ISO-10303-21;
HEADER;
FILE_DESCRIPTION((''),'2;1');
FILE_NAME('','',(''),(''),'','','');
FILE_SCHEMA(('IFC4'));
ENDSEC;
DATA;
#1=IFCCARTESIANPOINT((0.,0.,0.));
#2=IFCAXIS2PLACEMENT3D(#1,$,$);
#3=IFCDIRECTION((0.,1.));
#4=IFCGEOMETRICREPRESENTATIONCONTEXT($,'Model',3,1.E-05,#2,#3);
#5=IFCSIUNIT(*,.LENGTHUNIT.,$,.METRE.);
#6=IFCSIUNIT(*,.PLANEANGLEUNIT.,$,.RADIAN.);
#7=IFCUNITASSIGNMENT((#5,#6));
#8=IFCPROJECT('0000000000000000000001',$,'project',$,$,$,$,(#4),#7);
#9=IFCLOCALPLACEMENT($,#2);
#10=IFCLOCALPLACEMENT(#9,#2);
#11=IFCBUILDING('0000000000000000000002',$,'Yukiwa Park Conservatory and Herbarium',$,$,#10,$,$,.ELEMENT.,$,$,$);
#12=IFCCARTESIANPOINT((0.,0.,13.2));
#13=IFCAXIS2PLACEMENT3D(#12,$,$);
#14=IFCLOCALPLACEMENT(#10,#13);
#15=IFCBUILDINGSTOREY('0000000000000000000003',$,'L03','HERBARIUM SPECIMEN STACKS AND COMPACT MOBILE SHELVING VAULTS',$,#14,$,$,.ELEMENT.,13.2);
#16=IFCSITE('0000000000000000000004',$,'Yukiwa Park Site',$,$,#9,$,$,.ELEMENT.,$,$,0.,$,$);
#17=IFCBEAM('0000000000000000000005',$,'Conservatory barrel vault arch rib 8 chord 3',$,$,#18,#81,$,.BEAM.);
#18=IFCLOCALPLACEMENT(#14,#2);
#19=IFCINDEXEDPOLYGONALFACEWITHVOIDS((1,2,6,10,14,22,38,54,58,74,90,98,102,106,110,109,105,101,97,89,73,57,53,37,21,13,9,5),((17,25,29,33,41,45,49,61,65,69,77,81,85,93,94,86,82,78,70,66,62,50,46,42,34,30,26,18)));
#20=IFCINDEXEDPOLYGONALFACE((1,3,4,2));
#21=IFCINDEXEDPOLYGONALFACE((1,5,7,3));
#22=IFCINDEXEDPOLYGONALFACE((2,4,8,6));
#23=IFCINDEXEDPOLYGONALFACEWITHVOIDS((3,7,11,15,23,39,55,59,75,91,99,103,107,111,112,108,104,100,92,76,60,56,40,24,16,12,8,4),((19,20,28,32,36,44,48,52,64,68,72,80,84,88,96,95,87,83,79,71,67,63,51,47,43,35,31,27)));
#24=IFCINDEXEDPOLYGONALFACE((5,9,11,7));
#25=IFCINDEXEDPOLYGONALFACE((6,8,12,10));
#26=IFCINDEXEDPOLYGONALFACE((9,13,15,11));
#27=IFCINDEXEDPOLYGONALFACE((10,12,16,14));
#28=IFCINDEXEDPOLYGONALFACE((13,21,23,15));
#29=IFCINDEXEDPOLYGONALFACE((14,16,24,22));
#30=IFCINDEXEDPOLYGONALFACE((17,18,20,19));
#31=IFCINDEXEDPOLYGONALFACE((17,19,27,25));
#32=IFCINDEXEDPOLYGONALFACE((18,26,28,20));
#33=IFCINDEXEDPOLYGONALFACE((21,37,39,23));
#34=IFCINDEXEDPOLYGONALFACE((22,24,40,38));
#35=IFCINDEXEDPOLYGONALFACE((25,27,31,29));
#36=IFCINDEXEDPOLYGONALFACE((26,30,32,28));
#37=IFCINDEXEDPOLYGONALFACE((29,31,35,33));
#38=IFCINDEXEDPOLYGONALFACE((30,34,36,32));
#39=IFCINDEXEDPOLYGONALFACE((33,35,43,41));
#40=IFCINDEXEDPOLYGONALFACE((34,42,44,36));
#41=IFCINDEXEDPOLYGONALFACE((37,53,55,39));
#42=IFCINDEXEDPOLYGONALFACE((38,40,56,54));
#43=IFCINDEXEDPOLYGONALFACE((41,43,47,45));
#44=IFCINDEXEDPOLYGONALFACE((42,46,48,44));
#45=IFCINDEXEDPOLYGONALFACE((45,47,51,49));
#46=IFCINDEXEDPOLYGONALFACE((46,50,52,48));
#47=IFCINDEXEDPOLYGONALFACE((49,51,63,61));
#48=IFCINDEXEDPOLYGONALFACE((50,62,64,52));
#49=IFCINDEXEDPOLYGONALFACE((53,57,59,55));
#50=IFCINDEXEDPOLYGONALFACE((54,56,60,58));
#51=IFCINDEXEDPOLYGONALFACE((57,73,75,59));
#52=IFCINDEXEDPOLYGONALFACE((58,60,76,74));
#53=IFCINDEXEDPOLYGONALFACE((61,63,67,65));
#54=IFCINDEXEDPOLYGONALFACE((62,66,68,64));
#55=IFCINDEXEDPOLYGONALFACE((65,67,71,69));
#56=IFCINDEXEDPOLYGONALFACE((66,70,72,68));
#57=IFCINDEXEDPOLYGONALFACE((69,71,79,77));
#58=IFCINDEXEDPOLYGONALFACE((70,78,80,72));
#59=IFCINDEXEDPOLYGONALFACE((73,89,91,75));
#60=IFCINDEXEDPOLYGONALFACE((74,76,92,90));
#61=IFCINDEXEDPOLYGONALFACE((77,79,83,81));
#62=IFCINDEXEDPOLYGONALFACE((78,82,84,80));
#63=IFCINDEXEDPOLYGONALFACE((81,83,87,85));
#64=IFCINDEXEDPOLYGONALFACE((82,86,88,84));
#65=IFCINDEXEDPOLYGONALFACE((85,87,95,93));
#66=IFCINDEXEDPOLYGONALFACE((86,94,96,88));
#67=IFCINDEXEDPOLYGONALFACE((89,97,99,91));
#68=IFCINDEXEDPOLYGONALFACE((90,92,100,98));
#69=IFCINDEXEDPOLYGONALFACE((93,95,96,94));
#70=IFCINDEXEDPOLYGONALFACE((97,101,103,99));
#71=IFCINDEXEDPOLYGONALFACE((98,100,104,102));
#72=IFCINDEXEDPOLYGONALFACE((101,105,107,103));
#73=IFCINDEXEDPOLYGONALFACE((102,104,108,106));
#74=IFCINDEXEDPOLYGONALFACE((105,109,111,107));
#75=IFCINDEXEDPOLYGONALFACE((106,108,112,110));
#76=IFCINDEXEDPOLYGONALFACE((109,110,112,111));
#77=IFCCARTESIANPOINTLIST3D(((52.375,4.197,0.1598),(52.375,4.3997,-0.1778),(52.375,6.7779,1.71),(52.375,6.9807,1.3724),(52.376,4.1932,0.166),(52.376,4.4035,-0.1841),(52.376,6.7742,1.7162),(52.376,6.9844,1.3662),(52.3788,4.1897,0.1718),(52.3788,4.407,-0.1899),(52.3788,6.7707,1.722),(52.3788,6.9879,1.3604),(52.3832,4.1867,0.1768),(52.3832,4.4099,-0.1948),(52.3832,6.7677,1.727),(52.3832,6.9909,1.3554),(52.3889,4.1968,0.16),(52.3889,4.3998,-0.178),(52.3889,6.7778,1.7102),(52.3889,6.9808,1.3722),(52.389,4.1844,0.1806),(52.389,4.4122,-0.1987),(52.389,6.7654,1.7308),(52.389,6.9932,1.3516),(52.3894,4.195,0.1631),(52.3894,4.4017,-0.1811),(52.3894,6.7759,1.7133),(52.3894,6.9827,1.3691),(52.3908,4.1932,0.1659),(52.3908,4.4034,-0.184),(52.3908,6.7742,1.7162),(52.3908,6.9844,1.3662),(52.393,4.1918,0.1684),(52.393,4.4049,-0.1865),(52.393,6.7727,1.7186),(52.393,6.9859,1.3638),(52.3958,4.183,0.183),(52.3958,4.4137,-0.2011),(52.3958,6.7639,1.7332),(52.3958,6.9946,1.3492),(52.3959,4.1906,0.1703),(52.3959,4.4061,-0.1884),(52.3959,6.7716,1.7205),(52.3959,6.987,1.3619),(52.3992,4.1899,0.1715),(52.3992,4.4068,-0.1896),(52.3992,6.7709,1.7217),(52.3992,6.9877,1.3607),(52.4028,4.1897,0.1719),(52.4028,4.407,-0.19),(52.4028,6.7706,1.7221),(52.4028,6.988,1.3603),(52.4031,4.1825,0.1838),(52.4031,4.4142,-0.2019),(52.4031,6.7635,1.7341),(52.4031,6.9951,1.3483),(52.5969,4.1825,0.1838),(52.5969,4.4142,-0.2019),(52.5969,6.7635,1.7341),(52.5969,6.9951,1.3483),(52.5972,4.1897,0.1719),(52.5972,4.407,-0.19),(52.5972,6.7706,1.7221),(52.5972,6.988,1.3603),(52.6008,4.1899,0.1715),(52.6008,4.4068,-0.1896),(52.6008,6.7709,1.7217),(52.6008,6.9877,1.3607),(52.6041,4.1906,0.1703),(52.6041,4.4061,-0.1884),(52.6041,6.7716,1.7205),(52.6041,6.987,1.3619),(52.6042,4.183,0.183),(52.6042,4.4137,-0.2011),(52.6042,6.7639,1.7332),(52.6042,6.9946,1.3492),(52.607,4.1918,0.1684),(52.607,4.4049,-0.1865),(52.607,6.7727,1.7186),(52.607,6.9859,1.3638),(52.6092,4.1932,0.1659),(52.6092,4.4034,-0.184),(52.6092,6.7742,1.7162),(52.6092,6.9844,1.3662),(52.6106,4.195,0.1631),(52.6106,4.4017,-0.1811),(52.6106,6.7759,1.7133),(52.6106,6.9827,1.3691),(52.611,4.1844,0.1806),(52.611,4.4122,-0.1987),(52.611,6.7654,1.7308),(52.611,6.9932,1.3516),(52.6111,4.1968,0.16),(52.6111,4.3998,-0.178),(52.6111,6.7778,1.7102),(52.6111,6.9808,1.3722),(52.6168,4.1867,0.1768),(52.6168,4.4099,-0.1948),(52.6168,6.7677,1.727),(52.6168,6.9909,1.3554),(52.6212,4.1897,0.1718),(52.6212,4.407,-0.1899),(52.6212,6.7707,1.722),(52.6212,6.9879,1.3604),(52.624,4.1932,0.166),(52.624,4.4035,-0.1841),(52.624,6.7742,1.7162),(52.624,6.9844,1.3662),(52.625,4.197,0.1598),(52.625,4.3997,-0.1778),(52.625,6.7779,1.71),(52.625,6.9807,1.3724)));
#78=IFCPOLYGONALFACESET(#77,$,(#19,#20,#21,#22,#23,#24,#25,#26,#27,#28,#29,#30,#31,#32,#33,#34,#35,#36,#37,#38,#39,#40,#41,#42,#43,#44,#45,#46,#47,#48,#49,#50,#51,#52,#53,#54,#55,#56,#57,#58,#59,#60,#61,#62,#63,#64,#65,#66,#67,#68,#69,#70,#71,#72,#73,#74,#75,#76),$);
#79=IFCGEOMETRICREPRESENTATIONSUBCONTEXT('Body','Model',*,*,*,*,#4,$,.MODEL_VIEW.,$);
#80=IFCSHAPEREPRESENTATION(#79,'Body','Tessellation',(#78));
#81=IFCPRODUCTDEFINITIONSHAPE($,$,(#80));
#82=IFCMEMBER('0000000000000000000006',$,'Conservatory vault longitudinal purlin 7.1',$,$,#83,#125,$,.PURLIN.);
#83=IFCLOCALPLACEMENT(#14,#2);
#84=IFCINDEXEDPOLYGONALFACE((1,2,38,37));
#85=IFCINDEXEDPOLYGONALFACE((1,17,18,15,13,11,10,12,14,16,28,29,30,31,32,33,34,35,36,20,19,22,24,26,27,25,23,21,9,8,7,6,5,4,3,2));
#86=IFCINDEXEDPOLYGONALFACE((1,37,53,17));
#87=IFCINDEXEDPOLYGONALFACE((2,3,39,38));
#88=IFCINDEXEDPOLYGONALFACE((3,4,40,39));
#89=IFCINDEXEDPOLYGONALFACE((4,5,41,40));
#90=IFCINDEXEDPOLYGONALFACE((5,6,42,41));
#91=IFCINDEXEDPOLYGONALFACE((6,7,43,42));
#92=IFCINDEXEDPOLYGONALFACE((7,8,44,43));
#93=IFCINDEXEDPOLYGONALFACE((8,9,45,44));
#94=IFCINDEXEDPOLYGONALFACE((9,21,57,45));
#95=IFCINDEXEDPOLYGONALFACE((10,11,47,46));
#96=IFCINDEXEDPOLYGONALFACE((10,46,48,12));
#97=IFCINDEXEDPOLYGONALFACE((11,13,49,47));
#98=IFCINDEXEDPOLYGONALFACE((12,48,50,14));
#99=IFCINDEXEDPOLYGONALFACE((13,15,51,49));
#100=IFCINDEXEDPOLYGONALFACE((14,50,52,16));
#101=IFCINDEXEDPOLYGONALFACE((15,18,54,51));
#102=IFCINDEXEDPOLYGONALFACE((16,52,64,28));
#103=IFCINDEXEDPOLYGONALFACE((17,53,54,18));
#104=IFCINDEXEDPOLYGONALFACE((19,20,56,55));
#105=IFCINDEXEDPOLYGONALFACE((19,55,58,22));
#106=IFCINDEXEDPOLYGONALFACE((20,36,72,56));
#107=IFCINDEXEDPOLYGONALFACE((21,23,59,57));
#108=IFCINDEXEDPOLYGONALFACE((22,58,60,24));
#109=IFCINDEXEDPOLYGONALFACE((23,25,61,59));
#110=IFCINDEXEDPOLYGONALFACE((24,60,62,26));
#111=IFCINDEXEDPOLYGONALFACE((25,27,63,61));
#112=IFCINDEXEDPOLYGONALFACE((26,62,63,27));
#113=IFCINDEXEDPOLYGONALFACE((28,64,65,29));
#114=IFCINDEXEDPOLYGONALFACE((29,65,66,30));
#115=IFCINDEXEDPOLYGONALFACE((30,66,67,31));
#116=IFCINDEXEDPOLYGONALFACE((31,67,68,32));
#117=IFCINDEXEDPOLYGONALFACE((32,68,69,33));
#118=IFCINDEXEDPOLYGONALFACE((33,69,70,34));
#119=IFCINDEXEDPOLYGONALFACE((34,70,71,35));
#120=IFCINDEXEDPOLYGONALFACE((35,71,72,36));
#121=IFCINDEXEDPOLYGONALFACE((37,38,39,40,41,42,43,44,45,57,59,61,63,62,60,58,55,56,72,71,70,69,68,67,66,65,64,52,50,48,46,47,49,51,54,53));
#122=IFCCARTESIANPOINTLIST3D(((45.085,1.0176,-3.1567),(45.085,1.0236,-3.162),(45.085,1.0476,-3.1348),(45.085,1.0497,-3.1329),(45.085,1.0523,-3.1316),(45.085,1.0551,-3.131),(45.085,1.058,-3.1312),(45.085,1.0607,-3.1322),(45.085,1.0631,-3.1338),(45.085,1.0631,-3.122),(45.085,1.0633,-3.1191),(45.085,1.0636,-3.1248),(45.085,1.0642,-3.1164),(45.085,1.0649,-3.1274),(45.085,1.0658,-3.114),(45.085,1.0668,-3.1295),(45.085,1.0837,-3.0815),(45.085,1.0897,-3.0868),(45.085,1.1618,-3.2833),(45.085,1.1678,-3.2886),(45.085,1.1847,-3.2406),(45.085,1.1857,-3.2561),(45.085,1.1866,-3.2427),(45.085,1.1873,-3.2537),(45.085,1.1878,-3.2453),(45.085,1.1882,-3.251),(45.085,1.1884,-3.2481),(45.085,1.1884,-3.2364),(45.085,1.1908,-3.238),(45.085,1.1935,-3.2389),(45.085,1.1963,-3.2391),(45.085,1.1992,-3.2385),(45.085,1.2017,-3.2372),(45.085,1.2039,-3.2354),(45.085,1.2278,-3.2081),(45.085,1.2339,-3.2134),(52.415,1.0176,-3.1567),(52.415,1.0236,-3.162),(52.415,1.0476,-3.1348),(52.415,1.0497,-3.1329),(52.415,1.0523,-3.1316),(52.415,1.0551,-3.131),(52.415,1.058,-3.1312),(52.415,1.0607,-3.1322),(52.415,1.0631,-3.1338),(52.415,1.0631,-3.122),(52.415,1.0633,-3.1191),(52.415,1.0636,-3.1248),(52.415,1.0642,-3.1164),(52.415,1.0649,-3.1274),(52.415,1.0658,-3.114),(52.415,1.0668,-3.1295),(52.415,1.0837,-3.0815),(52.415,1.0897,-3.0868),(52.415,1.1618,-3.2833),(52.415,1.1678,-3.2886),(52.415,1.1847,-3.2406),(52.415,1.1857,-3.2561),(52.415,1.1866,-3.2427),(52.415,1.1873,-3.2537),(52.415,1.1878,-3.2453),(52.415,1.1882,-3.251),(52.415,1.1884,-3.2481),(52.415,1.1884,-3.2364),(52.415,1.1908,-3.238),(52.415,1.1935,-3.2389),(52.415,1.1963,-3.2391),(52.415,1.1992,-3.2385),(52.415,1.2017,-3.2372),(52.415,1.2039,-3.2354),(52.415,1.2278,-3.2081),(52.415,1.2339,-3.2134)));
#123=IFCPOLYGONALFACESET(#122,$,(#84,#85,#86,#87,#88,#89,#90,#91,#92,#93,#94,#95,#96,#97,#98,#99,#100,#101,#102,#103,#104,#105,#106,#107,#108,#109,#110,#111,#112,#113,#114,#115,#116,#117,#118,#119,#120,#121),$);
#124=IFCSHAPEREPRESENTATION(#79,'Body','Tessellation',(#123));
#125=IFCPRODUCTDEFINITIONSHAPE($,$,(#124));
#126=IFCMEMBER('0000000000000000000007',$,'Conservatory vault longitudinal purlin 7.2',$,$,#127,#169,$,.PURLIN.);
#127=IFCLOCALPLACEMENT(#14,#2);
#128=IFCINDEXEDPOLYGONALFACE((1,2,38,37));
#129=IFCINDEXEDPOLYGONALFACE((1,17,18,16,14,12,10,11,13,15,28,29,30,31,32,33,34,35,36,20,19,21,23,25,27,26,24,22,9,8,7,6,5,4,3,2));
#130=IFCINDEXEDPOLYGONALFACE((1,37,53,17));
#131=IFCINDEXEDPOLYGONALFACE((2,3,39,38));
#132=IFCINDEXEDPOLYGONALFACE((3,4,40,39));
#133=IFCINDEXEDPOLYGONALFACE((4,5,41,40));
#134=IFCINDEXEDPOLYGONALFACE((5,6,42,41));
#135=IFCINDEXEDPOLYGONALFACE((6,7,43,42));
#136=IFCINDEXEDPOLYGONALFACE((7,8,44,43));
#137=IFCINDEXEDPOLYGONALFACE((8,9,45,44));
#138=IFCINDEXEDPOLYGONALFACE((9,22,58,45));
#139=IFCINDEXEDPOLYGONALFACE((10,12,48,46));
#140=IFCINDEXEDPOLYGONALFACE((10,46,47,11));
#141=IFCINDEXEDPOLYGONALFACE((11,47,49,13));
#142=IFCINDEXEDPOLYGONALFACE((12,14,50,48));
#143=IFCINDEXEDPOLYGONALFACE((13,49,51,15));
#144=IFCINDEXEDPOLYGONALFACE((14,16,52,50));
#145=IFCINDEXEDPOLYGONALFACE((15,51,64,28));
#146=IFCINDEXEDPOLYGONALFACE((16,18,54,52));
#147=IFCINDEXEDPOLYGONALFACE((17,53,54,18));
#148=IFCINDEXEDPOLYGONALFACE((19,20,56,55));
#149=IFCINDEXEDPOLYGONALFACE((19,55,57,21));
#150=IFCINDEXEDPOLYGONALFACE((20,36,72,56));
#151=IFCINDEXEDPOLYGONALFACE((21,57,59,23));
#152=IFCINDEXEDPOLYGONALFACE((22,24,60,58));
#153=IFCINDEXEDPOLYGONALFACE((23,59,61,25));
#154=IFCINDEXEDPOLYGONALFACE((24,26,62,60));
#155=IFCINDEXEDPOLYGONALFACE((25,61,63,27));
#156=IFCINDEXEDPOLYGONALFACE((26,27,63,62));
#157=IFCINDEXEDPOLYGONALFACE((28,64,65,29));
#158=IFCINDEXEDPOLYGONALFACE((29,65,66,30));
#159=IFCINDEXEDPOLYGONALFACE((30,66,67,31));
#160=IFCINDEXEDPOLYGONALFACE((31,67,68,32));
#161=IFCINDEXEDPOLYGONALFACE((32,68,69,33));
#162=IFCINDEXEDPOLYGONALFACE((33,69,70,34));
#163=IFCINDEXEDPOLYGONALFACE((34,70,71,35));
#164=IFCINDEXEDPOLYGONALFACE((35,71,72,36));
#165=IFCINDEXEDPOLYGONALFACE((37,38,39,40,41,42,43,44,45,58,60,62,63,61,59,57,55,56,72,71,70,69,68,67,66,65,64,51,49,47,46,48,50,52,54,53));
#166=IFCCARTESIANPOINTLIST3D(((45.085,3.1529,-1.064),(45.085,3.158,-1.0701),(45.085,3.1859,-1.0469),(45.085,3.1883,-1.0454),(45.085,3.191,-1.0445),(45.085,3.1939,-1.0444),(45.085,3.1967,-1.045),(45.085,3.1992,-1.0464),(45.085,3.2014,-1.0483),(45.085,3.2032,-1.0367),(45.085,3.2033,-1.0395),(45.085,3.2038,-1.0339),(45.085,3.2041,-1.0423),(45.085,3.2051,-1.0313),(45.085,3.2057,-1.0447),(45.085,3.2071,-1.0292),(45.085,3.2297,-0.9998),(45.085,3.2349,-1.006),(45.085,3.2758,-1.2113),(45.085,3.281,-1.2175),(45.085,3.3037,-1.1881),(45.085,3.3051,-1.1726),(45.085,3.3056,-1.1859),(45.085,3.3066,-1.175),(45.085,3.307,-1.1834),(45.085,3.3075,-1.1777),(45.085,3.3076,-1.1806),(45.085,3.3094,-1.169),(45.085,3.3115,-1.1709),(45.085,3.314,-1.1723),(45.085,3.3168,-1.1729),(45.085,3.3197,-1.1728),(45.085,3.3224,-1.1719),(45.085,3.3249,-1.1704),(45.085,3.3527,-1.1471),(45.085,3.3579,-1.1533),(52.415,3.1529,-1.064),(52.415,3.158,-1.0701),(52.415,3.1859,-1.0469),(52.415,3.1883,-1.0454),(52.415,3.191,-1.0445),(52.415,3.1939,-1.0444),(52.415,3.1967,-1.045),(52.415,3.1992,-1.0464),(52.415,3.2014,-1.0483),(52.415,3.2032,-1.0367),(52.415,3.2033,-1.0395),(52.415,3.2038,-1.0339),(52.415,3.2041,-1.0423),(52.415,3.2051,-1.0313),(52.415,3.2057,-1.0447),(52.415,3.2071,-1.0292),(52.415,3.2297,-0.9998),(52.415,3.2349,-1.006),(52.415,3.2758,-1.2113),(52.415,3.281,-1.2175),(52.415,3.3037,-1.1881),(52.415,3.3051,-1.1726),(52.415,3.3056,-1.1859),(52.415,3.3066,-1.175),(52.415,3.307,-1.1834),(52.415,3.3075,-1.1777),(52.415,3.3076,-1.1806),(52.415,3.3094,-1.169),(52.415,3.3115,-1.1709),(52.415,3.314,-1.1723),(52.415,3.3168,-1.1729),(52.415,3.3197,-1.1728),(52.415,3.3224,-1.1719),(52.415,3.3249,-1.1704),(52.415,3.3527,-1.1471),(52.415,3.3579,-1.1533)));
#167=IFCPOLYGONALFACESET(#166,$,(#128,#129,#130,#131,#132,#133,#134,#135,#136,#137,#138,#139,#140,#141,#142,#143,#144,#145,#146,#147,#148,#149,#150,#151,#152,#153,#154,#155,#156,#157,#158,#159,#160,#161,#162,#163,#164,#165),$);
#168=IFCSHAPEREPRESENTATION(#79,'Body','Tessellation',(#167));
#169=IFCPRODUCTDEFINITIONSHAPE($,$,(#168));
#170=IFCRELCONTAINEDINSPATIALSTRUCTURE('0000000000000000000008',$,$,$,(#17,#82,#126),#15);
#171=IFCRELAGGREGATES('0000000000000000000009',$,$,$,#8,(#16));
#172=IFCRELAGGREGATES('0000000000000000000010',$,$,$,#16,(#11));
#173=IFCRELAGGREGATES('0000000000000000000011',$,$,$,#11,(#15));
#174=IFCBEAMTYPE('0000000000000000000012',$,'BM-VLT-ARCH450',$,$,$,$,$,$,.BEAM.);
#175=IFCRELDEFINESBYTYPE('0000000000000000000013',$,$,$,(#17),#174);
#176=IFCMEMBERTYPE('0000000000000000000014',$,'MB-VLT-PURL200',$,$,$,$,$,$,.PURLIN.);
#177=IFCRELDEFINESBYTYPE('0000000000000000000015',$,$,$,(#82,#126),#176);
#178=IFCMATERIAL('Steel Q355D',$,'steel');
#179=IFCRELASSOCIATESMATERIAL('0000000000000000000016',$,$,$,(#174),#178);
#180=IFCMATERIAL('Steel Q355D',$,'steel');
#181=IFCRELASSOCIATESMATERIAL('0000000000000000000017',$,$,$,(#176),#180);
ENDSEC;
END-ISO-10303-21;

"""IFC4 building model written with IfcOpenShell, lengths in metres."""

from ifc_helpers import new_model, si_unit, direction, frame, origin, origin_2d, place, context, subcontext, project, spatial, hollow_rectangle, i_section, extrude, material, material_profile, profile_set, type_object, element, save


model = new_model("IFC4")

# Units and contexts
model_context = context("Model", 3, precision=1e-05, world=origin(), true_north=direction((0.0, 1.0)))
body_context = subcontext(model_context, "Body", "Model", "MODEL_VIEW")
ifc_project = project(units=[si_unit("LENGTHUNIT", "METRE"), si_unit("PLANEANGLEUNIT", "RADIAN")], contexts=[model_context])

# Site, building, storey
site_placement = place(None, origin())
site = spatial("IfcSite", under=ifc_project, at=site_placement, Name="Yukiwa Park Site", CompositionType="ELEMENT", RefElevation=0.0)
building_placement = place(site_placement, origin())
building = spatial("IfcBuilding", under=site, at=building_placement, Name="Yukiwa Park Conservatory and Herbarium", CompositionType="ELEMENT")
storey_placement = place(building_placement, frame((0.0, 0.0, 13.2)))
storey = spatial("IfcBuildingStorey", under=building, at=storey_placement, Name="L03", Description="HERBARIUM SPECIMEN STACKS AND COMPACT MOBILE SHELVING VAULTS", CompositionType="ELEMENT", Elevation=13.2)

# Beam
ifc_material_1 = material(Name="Steel Q355D", Category="steel")
ifc_material_profile_1 = material_profile(ifc_material_1, hollow_rectangle(XDim=0.25, YDim=0.45, WallThickness=0.0139, InnerFilletRadius=0.0139, OuterFilletRadius=0.0281, at=origin_2d()), Name="RHS 450x250x14")
ifc_profile_set_1 = profile_set([ifc_material_profile_1], Name="Steel Q355D")
beam_type = type_object("IfcBeamType", Name="BM-VLT-ARCH450", PredefinedType="BEAM", material=ifc_profile_set_1)
beam_1_placement = place(storey_placement, frame((52.5, 4.2983, -0.009), z_axis=(0.0, 0.85725, 0.514901), x_axis=(-1.0, 0.0, 0.0)))
element("IfcBeam", 1, at=beam_1_placement, inside=storey, type_object=beam_type, Name="Conservatory barrel vault arch rib 8 chord 3", PredefinedType="BEAM", context=body_context, shape_type="SweptSolid", body=[
    extrude(hollow_rectangle(XDim=0.25, YDim=0.45, WallThickness=0.0139, InnerFilletRadius=0.0139, OuterFilletRadius=0.0281, at=origin_2d()), origin(), (0.0, 0.0, 1.0), 3.0107),
])

# Members
ifc_material_2 = material(Name="Steel Q355D", Category="steel")
ifc_material_profile_2 = material_profile(ifc_material_2, i_section(OverallWidth=0.1001, OverallDepth=0.2, WebThickness=0.0056, FlangeThickness=0.0081, FilletRadius=0.011, at=origin_2d()), Name="HN 200x100x5.5x8")
ifc_profile_set_2 = profile_set([ifc_material_profile_2], Name="Steel Q355D")
member_type_1 = type_object("IfcMemberType", Name="MB-VLT-PURL200", PredefinedType="PURLIN", material=ifc_profile_set_2)
for number, where, z_axis, x_axis, name in (
    (2, (45.085, 1.1257, -3.1851), (1.0, 0.0, 0.0), (0.0, 0.659968, 0.751294), "Conservatory vault longitudinal purlin 7.1"),
    (3, (45.085, 3.2554, -1.1086), (1.0, 0.0, 0.0), (0.0, 0.767751, 0.640748), "Conservatory vault longitudinal purlin 7.2"),
):
    element("IfcMember", number, at=place(storey_placement, frame(where, z_axis=z_axis, x_axis=x_axis)), inside=storey, type_object=member_type_1, Name=name, PredefinedType="PURLIN", context=body_context, shape_type="SweptSolid", body=[
        extrude(i_section(OverallWidth=0.1001, OverallDepth=0.2, WebThickness=0.0056, FlangeThickness=0.0081, FilletRadius=0.011, at=origin_2d()), origin(), (0.0, 0.0, 1.0), 7.3301),
    ])

save(model, "model.ifc")
